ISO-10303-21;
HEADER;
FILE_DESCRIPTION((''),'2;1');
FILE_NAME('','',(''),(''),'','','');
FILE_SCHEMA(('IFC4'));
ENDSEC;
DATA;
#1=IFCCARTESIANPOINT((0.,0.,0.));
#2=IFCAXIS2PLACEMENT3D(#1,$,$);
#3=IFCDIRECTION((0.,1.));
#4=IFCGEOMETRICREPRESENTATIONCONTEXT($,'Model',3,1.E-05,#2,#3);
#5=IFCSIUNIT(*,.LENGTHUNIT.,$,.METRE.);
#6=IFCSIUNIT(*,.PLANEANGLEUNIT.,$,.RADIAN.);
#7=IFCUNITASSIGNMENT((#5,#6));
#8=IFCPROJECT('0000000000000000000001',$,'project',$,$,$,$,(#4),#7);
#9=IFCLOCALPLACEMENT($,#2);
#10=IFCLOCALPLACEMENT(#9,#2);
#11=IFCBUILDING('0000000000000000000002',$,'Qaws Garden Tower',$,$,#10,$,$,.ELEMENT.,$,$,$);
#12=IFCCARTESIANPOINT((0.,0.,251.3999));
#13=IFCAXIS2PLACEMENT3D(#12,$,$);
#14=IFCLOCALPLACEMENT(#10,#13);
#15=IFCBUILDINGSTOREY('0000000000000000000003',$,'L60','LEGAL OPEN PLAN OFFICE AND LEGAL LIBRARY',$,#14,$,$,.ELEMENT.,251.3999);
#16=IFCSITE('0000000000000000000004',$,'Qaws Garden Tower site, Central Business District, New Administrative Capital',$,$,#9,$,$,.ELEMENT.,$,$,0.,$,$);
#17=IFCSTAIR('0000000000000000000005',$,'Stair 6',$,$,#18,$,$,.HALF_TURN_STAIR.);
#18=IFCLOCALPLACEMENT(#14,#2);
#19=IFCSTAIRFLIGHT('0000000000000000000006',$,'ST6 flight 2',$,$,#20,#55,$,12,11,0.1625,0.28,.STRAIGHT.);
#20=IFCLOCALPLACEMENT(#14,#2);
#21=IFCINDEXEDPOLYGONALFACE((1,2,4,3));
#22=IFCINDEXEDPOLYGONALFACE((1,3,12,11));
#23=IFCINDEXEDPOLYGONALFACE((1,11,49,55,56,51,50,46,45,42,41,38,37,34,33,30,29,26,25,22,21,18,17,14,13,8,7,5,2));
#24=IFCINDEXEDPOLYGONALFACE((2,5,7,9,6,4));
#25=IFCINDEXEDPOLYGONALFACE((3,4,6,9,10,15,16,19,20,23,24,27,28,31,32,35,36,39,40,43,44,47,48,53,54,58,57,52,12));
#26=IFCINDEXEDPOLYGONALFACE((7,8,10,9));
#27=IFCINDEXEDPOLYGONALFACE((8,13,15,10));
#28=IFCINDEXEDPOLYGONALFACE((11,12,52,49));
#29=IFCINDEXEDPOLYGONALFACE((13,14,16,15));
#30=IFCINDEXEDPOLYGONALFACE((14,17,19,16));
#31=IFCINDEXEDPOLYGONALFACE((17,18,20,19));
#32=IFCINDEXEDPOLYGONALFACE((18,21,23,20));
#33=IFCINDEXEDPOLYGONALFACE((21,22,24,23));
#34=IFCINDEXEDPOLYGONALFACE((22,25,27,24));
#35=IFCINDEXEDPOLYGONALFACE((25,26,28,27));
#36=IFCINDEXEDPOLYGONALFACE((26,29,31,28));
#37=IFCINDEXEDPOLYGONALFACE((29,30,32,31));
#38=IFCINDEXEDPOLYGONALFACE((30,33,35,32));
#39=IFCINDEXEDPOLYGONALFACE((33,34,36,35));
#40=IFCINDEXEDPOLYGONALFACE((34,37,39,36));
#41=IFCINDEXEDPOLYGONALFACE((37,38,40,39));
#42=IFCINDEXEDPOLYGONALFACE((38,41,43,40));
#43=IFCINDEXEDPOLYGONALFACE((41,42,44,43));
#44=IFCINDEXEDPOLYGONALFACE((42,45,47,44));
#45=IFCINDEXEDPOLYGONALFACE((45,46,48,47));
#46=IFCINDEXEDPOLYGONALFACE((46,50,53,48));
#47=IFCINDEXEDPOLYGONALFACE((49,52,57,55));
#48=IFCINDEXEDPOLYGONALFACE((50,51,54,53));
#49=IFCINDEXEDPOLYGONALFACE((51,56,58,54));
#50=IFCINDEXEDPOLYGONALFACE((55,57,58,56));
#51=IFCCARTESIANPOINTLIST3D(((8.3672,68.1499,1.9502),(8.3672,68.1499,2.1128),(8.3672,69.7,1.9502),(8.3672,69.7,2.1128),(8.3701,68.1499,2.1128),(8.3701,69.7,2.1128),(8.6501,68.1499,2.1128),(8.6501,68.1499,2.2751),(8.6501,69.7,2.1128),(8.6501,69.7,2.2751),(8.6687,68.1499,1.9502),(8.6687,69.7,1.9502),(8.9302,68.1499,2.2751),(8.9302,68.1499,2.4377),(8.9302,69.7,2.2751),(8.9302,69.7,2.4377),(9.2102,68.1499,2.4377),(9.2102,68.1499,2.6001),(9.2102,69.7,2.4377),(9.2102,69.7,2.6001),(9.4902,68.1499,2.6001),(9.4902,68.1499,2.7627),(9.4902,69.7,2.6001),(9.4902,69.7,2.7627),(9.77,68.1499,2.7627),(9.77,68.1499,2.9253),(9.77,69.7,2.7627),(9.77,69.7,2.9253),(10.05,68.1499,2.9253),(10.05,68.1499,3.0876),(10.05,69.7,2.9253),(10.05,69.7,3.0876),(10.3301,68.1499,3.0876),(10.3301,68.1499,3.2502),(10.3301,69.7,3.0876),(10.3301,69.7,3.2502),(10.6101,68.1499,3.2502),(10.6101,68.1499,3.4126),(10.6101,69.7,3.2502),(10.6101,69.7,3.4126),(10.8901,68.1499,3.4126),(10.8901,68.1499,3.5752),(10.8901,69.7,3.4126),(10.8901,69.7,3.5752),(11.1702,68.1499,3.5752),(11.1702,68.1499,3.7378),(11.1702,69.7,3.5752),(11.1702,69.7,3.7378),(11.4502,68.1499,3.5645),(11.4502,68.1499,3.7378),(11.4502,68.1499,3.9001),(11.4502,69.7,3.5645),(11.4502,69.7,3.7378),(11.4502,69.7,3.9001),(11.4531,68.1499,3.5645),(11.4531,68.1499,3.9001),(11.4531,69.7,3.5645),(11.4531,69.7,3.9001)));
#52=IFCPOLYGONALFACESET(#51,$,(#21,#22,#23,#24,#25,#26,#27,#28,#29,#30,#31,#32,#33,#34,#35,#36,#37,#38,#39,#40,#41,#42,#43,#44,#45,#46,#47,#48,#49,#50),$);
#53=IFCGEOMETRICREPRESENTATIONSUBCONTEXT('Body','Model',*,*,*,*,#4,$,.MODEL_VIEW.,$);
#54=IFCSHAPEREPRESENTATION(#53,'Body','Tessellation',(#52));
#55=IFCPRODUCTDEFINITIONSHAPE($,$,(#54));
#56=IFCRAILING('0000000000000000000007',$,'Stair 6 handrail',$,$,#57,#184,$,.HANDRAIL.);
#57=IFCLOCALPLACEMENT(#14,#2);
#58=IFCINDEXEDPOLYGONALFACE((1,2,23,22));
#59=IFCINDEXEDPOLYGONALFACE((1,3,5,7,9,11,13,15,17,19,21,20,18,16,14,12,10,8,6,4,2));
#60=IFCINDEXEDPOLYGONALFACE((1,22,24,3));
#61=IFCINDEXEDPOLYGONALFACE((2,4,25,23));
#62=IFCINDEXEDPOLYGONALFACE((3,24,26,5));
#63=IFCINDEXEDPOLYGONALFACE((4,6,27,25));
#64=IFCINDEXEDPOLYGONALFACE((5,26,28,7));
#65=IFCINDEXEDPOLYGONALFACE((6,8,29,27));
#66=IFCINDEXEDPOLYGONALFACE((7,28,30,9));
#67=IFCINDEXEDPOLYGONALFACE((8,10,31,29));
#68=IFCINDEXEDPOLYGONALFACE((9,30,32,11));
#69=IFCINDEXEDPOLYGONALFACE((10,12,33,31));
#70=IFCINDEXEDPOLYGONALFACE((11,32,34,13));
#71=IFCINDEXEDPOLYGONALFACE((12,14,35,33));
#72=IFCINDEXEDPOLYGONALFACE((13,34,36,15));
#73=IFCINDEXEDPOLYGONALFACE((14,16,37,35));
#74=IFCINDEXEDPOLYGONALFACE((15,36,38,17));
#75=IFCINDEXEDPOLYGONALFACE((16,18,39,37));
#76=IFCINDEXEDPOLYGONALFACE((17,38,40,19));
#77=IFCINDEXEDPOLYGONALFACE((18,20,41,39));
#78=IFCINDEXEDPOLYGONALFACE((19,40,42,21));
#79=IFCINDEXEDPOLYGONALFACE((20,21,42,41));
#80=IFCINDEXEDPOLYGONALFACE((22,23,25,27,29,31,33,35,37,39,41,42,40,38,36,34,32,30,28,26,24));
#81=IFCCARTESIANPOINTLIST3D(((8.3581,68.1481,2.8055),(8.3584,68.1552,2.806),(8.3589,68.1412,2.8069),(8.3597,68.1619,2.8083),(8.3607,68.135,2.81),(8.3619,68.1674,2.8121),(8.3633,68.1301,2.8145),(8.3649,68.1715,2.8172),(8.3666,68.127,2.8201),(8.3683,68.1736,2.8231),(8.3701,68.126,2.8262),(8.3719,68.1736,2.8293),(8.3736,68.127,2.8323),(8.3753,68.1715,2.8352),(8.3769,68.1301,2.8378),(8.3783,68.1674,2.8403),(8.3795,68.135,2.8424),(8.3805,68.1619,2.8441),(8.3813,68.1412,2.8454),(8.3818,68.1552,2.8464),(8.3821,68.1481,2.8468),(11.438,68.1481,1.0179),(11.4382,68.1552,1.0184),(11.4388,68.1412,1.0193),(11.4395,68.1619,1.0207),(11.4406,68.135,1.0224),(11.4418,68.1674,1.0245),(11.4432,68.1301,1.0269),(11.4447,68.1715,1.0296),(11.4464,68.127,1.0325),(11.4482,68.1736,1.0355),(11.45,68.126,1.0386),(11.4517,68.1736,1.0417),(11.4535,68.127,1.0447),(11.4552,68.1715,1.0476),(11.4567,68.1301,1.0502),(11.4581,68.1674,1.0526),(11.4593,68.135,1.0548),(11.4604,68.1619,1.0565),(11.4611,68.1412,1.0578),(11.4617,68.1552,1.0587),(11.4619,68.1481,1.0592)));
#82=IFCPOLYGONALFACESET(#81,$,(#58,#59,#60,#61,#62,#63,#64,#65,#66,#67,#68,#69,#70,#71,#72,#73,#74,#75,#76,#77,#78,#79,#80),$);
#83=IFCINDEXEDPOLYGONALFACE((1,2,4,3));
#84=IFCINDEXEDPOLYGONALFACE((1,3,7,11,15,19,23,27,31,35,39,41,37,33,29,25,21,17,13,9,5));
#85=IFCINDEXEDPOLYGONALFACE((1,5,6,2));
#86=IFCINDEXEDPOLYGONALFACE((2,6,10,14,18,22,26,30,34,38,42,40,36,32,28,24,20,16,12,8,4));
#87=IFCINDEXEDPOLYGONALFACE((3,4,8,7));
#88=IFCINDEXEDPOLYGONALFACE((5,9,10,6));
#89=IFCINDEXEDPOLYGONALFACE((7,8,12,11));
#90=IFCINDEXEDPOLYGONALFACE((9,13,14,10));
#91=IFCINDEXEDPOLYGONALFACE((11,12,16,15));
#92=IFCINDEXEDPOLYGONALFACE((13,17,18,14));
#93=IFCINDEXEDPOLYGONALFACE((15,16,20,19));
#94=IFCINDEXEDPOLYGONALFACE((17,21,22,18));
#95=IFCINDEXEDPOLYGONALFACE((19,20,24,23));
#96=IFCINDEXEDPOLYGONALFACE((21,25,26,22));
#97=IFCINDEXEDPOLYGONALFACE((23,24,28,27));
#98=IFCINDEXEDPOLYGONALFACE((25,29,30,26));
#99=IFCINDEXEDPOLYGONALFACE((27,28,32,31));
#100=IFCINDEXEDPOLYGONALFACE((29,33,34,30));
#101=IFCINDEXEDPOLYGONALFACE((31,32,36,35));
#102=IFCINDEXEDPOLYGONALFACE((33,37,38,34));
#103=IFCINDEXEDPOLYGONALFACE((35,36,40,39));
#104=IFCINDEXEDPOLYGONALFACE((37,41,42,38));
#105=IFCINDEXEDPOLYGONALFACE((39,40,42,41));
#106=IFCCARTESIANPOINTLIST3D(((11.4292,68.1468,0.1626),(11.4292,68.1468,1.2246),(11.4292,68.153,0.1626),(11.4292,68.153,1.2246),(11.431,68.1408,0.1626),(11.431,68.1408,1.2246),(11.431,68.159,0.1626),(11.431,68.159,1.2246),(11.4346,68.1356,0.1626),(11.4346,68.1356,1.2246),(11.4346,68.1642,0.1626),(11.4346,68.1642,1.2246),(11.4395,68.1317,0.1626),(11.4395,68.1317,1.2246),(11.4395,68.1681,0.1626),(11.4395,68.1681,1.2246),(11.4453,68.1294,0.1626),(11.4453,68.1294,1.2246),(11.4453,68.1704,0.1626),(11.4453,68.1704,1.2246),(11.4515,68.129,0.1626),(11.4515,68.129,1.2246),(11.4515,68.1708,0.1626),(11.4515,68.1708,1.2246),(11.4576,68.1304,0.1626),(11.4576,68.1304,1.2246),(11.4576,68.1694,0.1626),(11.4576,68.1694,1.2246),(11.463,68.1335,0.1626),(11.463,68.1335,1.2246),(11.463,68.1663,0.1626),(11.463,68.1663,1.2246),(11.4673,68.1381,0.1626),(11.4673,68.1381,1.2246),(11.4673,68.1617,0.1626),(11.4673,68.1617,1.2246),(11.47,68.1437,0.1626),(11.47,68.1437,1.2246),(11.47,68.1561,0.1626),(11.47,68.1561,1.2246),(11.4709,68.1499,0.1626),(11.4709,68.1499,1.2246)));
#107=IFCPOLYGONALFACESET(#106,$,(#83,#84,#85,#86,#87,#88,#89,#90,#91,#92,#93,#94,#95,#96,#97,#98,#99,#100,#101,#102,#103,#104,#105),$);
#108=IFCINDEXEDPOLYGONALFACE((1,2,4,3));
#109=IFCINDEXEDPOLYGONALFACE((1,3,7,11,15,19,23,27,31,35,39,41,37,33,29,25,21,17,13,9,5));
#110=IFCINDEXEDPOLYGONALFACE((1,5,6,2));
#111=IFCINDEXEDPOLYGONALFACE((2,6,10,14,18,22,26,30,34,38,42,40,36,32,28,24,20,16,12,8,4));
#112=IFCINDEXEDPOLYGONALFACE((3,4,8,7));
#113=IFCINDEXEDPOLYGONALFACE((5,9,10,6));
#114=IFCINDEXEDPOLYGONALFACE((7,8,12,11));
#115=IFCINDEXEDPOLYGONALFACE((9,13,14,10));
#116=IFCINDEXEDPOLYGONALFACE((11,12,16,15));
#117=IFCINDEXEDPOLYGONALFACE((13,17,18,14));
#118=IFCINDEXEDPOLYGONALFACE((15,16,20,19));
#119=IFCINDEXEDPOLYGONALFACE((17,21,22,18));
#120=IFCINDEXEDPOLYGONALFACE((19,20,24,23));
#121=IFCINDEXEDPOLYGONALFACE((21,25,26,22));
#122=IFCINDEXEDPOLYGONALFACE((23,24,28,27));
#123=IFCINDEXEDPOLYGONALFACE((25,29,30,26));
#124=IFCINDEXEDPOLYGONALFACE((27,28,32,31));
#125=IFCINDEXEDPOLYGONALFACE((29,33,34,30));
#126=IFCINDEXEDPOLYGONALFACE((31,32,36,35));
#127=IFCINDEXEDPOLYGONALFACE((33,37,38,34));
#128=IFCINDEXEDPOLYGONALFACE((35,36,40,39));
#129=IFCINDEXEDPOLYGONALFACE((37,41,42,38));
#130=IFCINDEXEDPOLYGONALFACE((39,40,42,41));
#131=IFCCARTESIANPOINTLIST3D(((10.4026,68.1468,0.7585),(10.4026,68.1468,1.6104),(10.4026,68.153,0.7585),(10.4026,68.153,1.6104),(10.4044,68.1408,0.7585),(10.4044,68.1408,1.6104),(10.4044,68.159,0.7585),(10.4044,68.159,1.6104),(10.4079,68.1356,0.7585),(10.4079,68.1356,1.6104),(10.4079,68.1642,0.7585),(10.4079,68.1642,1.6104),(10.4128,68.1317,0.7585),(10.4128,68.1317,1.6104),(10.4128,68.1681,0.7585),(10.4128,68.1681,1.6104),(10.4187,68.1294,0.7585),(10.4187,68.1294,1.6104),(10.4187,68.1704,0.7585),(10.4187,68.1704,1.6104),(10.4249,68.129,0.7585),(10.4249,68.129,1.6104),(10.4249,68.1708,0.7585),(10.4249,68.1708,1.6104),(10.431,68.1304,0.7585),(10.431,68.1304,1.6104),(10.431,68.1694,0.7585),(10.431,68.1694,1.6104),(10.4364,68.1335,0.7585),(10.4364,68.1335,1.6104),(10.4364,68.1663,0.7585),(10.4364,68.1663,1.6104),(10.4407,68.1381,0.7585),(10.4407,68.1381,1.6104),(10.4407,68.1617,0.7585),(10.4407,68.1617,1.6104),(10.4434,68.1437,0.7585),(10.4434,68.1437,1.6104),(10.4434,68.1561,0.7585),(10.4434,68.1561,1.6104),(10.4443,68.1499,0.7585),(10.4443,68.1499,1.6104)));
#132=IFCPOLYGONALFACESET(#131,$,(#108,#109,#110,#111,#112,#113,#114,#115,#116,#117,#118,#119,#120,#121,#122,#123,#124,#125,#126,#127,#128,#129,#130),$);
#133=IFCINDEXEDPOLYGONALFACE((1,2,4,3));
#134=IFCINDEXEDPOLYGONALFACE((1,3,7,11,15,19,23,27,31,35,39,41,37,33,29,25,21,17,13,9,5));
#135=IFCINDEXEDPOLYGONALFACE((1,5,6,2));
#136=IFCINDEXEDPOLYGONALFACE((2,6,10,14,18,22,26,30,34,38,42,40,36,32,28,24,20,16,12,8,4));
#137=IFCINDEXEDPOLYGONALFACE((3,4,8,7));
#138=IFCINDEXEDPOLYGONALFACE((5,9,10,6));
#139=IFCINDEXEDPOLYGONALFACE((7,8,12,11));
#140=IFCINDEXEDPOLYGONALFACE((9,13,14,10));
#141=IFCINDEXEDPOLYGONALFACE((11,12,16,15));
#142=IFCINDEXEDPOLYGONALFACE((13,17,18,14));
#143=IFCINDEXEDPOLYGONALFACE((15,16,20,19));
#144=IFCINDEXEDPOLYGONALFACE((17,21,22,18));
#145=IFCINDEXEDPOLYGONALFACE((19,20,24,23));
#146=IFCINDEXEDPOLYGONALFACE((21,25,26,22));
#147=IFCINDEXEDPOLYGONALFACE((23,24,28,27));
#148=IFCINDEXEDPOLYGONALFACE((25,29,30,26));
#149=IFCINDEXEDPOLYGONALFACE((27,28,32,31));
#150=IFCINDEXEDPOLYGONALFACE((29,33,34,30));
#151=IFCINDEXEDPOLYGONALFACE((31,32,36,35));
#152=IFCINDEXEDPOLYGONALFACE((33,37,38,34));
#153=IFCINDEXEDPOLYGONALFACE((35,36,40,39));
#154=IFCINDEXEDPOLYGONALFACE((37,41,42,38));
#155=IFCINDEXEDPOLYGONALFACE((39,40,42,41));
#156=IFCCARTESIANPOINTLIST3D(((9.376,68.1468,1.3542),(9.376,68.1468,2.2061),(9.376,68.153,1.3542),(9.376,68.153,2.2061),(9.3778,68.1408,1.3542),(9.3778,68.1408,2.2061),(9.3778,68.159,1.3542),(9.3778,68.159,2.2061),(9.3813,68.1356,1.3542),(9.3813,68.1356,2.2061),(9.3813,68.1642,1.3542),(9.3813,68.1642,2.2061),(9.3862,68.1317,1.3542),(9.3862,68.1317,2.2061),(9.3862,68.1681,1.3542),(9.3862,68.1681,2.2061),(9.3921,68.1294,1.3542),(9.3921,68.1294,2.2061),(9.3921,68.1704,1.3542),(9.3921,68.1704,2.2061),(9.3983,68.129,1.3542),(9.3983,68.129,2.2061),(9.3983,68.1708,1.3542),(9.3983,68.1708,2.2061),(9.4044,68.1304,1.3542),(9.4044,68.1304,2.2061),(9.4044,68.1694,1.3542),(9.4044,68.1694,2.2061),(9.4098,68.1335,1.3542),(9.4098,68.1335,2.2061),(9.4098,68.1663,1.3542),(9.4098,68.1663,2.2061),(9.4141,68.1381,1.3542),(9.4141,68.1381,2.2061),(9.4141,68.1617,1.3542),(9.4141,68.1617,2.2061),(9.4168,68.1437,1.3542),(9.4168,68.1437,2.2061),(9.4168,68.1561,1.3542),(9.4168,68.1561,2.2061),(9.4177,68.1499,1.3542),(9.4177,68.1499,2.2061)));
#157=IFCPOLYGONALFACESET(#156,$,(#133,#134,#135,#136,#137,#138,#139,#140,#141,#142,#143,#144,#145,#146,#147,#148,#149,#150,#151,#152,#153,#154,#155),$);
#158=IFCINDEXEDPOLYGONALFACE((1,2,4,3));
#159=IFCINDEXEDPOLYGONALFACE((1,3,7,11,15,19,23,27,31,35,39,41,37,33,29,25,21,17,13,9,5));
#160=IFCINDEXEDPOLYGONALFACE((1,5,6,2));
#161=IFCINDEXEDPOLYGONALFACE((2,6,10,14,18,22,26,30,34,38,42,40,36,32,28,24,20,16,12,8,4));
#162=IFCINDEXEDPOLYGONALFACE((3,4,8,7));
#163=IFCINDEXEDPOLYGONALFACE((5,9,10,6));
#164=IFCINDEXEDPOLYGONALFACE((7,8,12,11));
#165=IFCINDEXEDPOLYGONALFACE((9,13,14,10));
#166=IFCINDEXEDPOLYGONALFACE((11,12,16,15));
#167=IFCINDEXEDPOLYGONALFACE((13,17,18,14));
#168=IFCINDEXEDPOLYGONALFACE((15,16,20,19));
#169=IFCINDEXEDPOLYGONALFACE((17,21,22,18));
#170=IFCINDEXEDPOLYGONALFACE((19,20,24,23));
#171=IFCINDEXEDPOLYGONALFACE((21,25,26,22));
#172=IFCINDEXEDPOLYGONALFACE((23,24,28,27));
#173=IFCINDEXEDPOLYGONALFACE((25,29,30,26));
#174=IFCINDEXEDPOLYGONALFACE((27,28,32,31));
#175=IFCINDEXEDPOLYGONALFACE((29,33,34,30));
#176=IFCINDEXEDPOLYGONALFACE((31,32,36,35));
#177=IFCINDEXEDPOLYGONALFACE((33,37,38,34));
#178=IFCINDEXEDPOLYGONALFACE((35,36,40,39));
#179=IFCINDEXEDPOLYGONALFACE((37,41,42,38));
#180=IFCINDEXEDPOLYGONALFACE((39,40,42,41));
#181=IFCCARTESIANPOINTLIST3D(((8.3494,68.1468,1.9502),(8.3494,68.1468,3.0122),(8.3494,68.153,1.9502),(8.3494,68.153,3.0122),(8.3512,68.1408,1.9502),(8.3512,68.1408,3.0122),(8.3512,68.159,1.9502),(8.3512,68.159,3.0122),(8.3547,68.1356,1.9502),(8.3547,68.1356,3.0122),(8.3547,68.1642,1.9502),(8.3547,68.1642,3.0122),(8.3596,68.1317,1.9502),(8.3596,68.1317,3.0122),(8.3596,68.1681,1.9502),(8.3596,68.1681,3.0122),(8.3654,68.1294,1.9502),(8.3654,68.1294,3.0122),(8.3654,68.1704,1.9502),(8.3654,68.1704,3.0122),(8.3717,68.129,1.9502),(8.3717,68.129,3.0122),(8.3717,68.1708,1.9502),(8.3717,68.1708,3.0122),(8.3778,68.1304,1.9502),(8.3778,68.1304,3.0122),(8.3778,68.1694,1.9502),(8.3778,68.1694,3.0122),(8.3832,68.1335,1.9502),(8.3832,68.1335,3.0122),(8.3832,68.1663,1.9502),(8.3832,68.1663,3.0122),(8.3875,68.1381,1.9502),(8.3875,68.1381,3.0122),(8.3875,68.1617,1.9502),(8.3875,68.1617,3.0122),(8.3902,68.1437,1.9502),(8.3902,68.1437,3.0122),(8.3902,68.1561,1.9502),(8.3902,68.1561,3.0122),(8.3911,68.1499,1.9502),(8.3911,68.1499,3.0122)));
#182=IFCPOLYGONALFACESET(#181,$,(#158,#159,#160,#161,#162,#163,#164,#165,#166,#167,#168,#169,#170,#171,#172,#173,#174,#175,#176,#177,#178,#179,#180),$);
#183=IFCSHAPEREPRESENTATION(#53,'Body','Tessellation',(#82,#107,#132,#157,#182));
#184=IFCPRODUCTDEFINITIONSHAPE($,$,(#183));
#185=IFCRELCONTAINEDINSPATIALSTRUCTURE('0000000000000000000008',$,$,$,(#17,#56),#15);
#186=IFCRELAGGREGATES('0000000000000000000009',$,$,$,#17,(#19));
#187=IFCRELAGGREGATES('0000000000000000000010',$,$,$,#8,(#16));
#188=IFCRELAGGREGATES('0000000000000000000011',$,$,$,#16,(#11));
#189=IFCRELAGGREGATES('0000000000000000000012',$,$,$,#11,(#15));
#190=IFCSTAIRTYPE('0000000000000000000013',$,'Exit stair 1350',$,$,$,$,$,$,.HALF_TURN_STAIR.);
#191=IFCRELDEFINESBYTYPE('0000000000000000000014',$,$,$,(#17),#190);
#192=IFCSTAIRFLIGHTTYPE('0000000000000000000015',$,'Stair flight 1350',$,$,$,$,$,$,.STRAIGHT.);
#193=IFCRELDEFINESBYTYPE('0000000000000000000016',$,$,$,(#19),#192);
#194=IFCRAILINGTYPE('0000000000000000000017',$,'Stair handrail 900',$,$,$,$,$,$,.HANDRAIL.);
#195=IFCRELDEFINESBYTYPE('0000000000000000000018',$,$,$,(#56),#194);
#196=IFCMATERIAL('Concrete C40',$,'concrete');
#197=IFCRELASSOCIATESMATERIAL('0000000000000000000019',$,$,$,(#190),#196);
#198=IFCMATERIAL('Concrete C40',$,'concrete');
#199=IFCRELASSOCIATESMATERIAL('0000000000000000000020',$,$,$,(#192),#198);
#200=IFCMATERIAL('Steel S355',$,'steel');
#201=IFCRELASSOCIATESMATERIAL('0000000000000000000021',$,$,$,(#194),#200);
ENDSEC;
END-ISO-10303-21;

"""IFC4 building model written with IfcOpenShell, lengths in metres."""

from ifc_helpers import new_model, si_unit, direction, frame, origin, origin_2d, place, context, subcontext, project, spatial, polyline, circle, outline, extrude, material, type_object, element, aggregate, save


model = new_model("IFC4")

# Units and contexts
model_context = context("Model", 3, precision=1e-05, world=origin(), true_north=direction((0.0, 1.0)))
body_context = subcontext(model_context, "Body", "Model", "MODEL_VIEW")
ifc_project = project(units=[si_unit("LENGTHUNIT", "METRE"), si_unit("PLANEANGLEUNIT", "RADIAN")], contexts=[model_context])

# Site, building, storey
site_placement = place(None, origin())
site = spatial("IfcSite", under=ifc_project, at=site_placement, Name="Qaws Garden Tower site, Central Business District, New Administrative Capital", CompositionType="ELEMENT", RefElevation=0.0)
building_placement = place(site_placement, origin())
building = spatial("IfcBuilding", under=site, at=building_placement, Name="Qaws Garden Tower", CompositionType="ELEMENT")
storey_placement = place(building_placement, frame((0.0, 0.0, 251.3999)))
storey = spatial("IfcBuildingStorey", under=building, at=storey_placement, Name="L60", Description="LEGAL OPEN PLAN OFFICE AND LEGAL LIBRARY", CompositionType="ELEMENT", Elevation=251.3999)

# Stair, stair flight
ifc_material_1 = material(Name="Concrete C40", Category="concrete")
stair_type = type_object("IfcStairType", Name="Exit stair 1350", PredefinedType="HALF_TURN_STAIR", material=ifc_material_1)
stair_placement = place(storey_placement, origin())
stair = element("IfcStair", 1, at=stair_placement, inside=storey, type_object=stair_type, Name="Stair 6", PredefinedType="HALF_TURN_STAIR")
ifc_material_2 = material(Name="Concrete C40", Category="concrete")
stair_flight_type = type_object("IfcStairFlightType", Name="Stair flight 1350", PredefinedType="STRAIGHT", material=ifc_material_2)
stair_flight_1_placement = place(storey_placement, frame((8.3701, 68.925, 1.9502), z_axis=(0.0, 0.0, 1.0), x_axis=(1.0, 0.0, 0.0)))
stair_flight_1 = element("IfcStairFlight", 2, at=stair_flight_1_placement, type_object=stair_flight_type, Name="ST6 flight 2", NumberOfRisers=12, NumberOfTreads=11, PredefinedType="STRAIGHT", RiserHeight=0.1625, TreadLength=0.28, context=body_context, shape_type="SweptSolid", body=[
    extrude(outline(polyline([(-0.0029, 0.0), (-0.0029, 0.1626), (0.0, 0.1626), (0.28, 0.1626), (0.28, 0.325), (0.5601, 0.325), (0.5601, 0.4875), (0.8401, 0.4875), (0.8401, 0.6499), (1.1201, 0.6499), (1.1201, 0.8125), (1.3999, 0.8125), (1.3999, 0.9751), (1.6799, 0.9751), (1.6799, 1.1375), (1.96, 1.1375), (1.96, 1.3), (2.24, 1.3), (2.24, 1.4624), (2.52, 1.4624), (2.52, 1.625), (2.8, 1.625), (2.8, 1.7876), (3.0801, 1.7876), (3.0801, 1.95), (3.083, 1.95), (3.083, 1.6143), (3.0801, 1.6143), (0.2986, 0.0), (-0.0029, 0.0)])), frame((0.0, 0.7749, 0.0), z_axis=(0.0, -1.0, 0.0), x_axis=(1.0, 0.0, 0.0)), (0.0, 0.0, 1.0), 1.55),
])
aggregate(stair, [stair_flight_1])

# Railing
ifc_material_3 = material(Name="Steel S355", Category="steel")
railing_type = type_object("IfcRailingType", Name="Stair handrail 900", PredefinedType="HANDRAIL", material=ifc_material_3)
railing_1_placement = place(storey_placement, frame((11.45, 68.1499, 0.1626)))
element("IfcRailing", 3, at=railing_1_placement, inside=storey, type_object=railing_type, Name="Stair 6 handrail", PredefinedType="HANDRAIL", context=body_context, shape_type="SweptSolid", body=[
    extrude(circle(Radius=0.0239, at=origin_2d()), frame((0.0, 0.0, 0.876), z_axis=(-0.864873, 0.0, 0.50199), x_axis=(0.0, -1.0, 0.0)), (0.0, 0.0, 1.0), 3.561),
    extrude(circle(Radius=0.021, at=origin_2d()), origin(), (0.0, 0.0, 1.0), 1.062),
    extrude(circle(Radius=0.021, at=origin_2d()), frame((-1.0266, 0.0, 0.5959)), (0.0, 0.0, 1.0), 0.8518),
    extrude(circle(Radius=0.021, at=origin_2d()), frame((-2.0532, 0.0, 1.1917)), (0.0, 0.0, 1.0), 0.8518),
    extrude(circle(Radius=0.021, at=origin_2d()), frame((-3.0798, 0.0, 1.7876)), (0.0, 0.0, 1.0), 1.062),
])

save(model, "model.ifc")
